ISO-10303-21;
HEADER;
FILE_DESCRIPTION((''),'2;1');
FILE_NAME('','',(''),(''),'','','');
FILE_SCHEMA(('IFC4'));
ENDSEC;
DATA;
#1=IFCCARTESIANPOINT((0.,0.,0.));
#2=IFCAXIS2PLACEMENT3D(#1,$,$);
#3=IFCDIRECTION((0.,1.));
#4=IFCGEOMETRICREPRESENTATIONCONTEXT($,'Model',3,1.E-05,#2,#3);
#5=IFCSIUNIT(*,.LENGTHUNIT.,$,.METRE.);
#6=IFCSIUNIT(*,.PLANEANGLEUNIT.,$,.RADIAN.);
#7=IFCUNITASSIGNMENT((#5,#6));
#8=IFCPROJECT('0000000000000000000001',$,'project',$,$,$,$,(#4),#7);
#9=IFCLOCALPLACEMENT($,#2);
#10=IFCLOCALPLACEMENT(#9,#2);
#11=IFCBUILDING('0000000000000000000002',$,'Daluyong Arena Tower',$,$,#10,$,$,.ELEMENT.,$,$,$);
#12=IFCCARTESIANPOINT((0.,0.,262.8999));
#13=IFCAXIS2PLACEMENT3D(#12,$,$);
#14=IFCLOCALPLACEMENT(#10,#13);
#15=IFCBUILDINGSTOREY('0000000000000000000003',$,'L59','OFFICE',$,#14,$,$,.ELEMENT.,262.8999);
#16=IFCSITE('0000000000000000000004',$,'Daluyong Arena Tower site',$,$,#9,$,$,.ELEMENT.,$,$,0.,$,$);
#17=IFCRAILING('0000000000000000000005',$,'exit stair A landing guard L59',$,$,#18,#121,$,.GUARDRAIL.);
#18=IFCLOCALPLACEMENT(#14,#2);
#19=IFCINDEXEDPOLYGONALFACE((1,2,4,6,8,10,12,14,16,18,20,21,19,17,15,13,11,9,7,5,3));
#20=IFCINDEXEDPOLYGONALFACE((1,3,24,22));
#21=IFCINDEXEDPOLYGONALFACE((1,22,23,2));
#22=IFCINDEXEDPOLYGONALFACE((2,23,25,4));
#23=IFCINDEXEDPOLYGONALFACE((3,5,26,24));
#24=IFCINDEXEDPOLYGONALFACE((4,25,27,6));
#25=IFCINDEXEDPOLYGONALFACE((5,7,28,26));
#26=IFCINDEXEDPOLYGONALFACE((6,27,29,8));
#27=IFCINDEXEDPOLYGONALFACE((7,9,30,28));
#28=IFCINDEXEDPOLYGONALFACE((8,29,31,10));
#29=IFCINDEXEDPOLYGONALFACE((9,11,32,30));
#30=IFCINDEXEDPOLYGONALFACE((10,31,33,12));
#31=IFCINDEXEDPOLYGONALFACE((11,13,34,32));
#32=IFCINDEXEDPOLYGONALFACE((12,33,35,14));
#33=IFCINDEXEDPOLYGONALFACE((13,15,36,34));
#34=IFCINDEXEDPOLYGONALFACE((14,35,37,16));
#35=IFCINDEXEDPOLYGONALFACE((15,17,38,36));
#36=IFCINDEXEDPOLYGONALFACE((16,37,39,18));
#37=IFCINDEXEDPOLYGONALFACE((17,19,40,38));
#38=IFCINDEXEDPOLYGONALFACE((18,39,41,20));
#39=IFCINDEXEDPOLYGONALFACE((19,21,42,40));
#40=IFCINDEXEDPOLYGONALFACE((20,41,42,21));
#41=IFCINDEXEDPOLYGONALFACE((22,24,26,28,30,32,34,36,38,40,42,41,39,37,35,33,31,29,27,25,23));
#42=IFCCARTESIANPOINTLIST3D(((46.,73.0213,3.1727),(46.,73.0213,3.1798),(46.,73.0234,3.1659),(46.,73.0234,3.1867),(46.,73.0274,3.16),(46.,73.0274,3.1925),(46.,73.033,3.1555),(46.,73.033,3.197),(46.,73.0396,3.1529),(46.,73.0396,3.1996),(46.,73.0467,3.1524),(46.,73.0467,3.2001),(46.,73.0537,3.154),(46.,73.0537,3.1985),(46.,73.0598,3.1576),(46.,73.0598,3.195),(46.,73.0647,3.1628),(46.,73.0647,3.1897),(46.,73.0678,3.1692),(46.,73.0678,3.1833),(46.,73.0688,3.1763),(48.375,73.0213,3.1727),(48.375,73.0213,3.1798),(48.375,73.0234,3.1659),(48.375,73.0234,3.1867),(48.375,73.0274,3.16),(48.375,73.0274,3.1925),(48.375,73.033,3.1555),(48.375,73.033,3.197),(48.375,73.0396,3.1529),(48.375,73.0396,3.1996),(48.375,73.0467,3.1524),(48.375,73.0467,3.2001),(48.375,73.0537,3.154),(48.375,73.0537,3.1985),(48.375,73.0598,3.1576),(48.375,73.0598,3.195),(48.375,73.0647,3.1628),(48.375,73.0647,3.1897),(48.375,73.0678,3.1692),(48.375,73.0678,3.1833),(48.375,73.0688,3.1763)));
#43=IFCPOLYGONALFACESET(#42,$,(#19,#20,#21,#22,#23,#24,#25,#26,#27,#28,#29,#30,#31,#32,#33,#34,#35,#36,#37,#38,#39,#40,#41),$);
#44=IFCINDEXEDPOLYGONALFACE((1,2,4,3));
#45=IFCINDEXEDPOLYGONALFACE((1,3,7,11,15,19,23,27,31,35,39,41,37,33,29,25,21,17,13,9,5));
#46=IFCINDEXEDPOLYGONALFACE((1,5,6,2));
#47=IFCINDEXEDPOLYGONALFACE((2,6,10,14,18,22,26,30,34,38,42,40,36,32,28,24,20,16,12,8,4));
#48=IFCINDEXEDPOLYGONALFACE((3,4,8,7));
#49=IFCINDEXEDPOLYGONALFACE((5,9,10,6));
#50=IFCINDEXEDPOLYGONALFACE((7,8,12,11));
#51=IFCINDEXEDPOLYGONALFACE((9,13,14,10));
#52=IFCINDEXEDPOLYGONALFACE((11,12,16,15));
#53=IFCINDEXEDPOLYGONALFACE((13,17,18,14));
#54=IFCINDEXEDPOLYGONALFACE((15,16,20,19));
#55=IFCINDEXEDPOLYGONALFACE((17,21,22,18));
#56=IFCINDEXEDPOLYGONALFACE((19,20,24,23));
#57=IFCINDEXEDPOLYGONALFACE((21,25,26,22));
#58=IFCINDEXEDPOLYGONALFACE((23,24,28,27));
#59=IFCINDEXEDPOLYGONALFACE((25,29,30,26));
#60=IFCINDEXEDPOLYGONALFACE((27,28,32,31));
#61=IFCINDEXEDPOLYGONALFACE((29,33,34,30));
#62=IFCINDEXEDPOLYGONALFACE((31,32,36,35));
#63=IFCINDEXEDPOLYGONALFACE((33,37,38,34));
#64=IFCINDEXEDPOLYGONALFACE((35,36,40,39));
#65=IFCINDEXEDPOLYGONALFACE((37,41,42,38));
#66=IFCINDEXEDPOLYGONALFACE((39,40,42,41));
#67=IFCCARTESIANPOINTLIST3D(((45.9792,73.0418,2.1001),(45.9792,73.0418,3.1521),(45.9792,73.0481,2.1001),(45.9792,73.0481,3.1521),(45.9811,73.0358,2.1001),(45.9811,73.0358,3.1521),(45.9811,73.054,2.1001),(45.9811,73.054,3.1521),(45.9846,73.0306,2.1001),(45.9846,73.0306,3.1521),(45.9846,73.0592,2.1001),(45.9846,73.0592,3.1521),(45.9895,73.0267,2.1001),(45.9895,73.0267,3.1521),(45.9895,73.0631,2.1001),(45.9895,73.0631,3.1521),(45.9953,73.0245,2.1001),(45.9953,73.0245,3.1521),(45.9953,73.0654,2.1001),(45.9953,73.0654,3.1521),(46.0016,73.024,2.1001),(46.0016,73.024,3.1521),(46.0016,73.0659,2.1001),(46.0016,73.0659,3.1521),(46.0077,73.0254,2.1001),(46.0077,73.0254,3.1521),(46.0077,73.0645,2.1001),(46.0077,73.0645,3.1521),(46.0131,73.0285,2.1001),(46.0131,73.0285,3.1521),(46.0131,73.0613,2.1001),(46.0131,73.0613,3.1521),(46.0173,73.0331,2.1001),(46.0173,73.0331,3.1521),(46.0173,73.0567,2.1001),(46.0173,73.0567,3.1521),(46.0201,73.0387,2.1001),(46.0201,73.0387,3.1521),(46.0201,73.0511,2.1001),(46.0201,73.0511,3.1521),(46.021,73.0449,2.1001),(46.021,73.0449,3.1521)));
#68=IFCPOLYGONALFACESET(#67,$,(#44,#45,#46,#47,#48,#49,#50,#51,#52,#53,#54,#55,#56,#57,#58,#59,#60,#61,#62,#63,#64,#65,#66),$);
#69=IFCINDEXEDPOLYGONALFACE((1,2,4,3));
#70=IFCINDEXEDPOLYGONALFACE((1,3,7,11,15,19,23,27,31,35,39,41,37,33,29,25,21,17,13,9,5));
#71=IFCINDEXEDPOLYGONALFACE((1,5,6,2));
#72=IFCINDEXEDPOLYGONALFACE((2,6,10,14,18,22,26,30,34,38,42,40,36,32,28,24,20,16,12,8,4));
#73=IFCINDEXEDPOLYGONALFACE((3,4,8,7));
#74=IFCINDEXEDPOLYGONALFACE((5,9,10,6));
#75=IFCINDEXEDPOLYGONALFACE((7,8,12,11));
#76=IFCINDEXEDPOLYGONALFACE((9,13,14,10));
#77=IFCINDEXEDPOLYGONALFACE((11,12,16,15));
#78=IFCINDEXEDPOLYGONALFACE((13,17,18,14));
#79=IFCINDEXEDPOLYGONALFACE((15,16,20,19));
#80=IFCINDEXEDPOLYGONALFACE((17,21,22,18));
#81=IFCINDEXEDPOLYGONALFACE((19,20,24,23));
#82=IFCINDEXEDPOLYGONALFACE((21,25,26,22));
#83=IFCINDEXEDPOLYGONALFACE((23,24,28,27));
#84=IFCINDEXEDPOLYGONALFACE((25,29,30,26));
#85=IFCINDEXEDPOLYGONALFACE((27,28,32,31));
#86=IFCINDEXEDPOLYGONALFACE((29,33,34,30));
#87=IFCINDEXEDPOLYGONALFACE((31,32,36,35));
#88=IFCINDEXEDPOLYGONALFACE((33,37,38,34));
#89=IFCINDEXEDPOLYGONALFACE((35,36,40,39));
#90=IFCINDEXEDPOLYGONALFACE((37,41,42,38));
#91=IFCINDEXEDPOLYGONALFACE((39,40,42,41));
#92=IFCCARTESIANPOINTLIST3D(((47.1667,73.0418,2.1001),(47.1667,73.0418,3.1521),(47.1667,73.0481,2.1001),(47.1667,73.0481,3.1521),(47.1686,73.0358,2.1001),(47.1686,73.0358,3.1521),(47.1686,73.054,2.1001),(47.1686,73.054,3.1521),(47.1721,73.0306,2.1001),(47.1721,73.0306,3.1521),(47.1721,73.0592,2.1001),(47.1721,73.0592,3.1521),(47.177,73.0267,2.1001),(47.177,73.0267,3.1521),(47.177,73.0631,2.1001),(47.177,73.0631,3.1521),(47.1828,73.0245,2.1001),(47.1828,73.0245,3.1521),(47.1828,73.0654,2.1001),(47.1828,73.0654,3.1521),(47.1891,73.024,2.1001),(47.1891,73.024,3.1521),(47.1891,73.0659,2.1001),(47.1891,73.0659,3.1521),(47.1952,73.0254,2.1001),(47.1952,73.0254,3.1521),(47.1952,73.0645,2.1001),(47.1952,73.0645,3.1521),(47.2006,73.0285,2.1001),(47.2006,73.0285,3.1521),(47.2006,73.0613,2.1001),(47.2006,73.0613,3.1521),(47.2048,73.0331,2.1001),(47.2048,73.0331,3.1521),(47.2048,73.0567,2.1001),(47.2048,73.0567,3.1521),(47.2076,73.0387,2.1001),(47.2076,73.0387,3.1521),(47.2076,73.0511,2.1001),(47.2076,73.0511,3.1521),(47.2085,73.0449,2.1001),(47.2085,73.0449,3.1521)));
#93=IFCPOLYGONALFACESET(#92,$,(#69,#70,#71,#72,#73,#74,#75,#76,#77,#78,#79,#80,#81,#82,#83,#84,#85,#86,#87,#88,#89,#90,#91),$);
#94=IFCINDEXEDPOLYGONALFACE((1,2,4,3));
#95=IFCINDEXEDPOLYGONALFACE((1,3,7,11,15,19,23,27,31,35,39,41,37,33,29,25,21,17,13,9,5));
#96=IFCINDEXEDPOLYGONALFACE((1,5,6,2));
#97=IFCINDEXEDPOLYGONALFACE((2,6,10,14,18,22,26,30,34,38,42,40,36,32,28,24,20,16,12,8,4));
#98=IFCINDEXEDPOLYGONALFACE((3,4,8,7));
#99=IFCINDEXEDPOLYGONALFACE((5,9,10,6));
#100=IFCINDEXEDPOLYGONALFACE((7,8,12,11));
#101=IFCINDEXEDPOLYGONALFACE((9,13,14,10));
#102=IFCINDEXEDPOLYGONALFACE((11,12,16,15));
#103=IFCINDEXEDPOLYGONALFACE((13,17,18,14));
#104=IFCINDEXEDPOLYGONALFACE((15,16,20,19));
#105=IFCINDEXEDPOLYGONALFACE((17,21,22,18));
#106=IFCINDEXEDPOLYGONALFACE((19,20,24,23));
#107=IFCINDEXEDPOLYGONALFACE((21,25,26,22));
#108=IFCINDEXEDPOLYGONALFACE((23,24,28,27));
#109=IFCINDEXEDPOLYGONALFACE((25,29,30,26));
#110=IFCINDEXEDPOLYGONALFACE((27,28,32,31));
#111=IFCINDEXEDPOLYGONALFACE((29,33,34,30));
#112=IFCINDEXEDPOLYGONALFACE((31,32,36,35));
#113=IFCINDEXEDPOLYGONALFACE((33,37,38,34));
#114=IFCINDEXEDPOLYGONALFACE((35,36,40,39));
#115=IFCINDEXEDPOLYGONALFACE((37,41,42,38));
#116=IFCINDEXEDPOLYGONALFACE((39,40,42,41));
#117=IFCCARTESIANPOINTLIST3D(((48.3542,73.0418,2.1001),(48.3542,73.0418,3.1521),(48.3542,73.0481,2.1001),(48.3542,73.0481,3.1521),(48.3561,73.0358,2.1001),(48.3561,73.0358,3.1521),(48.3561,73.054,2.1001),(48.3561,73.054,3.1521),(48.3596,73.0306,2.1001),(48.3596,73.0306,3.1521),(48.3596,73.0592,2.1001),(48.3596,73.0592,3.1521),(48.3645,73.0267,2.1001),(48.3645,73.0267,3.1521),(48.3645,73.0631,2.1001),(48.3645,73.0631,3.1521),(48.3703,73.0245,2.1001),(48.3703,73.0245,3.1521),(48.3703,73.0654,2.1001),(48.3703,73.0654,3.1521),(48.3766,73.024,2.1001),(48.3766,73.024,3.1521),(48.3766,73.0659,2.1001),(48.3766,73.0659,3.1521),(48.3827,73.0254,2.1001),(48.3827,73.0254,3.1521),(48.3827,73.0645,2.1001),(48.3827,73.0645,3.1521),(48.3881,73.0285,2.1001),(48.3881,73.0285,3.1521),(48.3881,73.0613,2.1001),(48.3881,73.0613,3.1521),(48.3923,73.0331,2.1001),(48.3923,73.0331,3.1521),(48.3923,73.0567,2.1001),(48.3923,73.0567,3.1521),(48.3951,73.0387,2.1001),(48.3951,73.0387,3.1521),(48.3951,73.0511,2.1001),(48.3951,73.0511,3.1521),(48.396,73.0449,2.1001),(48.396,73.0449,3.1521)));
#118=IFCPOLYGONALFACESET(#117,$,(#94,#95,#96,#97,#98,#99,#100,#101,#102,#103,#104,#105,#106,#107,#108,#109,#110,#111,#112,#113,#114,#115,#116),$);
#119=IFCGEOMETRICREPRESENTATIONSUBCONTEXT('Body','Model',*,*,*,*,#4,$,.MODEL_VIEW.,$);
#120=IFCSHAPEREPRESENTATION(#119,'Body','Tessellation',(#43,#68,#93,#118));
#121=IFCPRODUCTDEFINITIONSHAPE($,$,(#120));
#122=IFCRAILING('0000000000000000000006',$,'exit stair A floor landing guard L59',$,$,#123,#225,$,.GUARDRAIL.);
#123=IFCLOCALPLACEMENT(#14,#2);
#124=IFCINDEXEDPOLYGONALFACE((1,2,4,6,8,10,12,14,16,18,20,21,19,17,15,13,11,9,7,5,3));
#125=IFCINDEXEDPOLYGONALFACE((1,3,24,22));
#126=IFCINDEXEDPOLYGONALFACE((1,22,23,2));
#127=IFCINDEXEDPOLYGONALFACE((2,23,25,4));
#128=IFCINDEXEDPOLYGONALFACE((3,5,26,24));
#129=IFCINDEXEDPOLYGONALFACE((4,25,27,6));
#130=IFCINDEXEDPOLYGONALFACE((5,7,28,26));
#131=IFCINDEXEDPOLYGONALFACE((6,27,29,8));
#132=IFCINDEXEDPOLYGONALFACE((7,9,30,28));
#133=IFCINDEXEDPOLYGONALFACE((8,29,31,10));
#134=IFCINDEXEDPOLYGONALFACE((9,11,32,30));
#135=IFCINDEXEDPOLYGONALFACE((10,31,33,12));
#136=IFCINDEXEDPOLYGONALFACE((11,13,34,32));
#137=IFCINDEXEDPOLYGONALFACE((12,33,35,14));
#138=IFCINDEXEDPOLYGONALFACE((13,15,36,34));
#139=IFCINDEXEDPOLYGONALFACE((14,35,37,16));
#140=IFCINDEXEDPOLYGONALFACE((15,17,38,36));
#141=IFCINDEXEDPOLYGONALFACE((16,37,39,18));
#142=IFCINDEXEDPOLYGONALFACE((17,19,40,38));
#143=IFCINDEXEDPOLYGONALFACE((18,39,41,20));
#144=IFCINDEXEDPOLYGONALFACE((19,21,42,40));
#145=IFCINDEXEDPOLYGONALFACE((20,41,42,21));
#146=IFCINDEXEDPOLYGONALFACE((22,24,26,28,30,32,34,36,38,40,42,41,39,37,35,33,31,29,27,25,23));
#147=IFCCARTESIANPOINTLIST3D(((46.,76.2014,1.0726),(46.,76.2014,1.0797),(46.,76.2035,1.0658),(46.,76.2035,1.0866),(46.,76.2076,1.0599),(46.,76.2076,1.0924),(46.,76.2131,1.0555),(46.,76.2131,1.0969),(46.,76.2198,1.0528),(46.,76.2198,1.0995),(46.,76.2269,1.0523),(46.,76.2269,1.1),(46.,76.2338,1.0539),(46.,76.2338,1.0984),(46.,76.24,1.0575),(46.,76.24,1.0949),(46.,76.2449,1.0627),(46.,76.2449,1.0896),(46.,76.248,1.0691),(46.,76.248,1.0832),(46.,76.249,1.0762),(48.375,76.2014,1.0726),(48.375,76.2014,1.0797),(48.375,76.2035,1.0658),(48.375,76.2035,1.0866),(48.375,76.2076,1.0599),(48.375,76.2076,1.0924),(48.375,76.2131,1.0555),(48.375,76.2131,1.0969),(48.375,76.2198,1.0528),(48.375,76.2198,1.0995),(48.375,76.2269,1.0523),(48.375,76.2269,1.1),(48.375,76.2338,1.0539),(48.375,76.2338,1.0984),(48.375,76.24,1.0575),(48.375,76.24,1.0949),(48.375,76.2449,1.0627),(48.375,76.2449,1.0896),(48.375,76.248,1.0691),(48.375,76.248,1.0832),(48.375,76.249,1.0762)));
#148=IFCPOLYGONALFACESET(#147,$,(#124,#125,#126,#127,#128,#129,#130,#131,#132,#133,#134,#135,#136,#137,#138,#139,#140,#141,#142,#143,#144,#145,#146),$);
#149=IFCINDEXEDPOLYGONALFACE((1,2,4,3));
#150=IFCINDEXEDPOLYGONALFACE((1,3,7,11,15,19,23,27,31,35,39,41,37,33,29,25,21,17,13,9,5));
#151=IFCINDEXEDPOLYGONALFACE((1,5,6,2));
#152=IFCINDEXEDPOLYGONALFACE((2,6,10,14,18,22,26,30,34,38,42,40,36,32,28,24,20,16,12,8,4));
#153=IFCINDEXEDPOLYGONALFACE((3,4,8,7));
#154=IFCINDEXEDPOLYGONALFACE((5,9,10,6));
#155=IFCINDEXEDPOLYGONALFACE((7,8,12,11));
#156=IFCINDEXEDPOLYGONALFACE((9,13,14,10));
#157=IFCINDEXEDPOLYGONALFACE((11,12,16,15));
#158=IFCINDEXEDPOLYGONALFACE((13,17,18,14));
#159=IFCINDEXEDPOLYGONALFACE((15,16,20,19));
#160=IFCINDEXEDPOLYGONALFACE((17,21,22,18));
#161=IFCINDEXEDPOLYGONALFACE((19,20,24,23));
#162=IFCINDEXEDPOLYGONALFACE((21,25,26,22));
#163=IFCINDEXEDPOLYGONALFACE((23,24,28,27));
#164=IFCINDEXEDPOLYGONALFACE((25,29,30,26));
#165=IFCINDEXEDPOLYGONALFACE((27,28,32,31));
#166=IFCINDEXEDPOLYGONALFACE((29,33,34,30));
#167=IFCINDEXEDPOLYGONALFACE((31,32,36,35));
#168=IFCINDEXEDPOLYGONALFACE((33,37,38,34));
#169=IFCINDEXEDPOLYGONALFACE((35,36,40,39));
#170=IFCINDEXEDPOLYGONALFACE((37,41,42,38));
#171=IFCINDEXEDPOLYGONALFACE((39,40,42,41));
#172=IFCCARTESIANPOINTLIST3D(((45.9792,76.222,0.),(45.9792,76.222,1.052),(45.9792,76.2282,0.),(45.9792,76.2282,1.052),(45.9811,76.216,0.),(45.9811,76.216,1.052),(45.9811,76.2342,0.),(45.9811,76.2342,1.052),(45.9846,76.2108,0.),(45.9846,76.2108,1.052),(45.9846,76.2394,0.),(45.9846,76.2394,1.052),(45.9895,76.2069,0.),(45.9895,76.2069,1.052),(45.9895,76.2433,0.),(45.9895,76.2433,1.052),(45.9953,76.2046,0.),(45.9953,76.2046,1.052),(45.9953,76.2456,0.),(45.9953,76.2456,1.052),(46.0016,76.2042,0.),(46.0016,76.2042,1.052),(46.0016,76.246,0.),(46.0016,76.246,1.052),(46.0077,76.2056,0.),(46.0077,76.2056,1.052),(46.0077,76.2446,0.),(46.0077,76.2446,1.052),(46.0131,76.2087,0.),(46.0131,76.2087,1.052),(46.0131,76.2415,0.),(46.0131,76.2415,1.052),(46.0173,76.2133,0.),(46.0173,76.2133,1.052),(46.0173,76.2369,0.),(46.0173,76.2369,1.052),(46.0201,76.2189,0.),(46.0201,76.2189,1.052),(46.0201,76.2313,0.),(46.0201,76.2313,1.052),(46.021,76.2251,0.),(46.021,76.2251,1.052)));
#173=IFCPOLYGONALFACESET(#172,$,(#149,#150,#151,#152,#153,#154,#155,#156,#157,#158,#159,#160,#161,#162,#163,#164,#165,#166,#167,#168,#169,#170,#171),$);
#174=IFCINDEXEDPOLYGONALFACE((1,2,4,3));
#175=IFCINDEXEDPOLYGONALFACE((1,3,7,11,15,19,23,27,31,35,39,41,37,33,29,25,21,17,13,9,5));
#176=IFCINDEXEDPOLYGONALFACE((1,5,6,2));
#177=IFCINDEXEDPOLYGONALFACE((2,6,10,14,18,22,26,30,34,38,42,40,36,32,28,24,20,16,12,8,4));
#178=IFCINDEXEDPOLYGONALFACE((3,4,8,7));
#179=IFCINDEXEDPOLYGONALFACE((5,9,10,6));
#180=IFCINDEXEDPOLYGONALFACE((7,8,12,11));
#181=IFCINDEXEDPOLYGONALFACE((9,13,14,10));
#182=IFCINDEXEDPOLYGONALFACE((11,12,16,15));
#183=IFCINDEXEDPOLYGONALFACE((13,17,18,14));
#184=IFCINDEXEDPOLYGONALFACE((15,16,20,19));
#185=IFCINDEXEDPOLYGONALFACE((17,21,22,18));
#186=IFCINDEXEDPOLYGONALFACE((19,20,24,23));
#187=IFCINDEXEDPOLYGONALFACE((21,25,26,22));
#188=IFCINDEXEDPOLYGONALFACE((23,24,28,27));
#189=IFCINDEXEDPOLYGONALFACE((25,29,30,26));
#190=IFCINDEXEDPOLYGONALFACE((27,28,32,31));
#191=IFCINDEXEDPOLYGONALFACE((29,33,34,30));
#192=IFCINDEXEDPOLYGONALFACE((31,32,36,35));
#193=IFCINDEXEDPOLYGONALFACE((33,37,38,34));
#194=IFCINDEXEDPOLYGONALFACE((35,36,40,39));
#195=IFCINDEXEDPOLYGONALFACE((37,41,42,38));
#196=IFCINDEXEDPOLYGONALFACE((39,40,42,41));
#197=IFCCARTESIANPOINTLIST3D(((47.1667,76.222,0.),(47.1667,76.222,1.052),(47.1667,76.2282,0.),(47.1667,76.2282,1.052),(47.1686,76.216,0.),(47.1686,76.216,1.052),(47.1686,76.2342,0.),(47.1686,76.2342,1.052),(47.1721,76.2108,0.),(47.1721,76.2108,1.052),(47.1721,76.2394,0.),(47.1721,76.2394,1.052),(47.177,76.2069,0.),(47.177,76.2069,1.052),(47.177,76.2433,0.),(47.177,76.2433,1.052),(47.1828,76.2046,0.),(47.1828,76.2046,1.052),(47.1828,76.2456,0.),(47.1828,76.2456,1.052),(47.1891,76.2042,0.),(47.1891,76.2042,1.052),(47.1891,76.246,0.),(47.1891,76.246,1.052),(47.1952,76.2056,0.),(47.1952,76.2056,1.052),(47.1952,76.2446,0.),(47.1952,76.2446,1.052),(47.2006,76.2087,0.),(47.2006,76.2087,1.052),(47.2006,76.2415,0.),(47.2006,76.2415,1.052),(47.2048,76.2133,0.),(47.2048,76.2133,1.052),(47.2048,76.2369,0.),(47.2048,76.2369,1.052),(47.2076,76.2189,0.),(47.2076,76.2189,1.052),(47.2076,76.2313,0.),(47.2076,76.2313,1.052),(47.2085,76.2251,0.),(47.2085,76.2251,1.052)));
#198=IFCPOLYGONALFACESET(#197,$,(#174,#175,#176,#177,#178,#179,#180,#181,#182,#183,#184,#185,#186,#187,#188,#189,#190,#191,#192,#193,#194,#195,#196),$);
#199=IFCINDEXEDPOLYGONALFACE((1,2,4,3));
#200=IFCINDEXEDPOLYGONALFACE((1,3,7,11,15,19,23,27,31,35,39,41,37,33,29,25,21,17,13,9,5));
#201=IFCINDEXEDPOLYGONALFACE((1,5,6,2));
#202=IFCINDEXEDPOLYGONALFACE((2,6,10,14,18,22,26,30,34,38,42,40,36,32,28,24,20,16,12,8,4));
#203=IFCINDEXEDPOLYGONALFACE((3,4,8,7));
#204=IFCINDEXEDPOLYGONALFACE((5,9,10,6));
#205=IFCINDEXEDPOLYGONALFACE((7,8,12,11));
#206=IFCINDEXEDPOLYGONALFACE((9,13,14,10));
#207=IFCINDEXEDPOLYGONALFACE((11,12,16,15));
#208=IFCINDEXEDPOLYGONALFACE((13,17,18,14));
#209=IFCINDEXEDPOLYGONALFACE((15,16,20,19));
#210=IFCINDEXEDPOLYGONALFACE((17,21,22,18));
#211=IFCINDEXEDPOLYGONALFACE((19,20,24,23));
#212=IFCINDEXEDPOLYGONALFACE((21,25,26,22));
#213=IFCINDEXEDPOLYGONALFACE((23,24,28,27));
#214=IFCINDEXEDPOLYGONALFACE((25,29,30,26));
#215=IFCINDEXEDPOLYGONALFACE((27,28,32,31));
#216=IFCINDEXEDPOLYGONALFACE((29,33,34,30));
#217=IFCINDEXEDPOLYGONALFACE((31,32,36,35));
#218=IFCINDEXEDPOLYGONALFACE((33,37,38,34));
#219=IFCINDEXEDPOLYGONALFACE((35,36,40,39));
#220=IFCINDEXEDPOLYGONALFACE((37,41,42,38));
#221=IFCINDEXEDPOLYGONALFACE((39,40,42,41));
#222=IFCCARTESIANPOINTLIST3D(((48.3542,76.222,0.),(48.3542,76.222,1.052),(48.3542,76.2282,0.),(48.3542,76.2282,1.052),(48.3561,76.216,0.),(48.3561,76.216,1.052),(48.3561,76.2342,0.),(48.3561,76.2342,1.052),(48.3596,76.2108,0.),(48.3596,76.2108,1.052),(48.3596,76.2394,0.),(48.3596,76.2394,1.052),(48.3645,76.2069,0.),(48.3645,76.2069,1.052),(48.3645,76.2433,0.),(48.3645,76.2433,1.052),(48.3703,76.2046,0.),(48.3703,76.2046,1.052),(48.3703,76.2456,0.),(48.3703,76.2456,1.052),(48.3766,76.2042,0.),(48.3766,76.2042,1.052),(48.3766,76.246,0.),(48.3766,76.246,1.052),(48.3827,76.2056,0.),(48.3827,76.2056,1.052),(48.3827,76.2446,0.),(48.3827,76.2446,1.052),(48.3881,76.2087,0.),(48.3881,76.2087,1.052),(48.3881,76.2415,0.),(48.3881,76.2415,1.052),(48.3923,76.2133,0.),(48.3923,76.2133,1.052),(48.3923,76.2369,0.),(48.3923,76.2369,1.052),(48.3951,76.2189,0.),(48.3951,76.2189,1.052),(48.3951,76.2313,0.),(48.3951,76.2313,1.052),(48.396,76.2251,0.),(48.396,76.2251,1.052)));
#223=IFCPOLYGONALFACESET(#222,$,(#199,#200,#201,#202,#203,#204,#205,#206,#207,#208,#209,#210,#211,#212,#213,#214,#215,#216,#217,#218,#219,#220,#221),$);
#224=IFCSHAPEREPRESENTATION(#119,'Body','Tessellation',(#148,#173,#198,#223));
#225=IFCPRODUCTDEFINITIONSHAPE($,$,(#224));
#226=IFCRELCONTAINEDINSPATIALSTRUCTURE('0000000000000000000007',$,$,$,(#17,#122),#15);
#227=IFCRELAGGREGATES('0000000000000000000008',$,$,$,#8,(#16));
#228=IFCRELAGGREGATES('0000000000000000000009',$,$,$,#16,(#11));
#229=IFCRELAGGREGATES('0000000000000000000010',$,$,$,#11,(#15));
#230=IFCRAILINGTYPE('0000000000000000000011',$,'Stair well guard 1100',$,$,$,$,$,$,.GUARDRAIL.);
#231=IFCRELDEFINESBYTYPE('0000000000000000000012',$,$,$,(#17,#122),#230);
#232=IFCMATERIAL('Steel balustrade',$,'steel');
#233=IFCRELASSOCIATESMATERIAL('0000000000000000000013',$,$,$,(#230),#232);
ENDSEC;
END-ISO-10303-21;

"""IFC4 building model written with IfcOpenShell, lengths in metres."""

from ifc_helpers import new_model, si_unit, direction, frame, origin, origin_2d, place, context, subcontext, project, spatial, circle, extrude, material, type_object, element, save


model = new_model("IFC4")

# Units and contexts
model_context = context("Model", 3, precision=1e-05, world=origin(), true_north=direction((0.0, 1.0)))
body_context = subcontext(model_context, "Body", "Model", "MODEL_VIEW")
ifc_project = project(units=[si_unit("LENGTHUNIT", "METRE"), si_unit("PLANEANGLEUNIT", "RADIAN")], contexts=[model_context])

# Site, building, storey
site_placement = place(None, origin())
site = spatial("IfcSite", under=ifc_project, at=site_placement, Name="Daluyong Arena Tower site", CompositionType="ELEMENT", RefElevation=0.0)
building_placement = place(site_placement, origin())
building = spatial("IfcBuilding", under=site, at=building_placement, Name="Daluyong Arena Tower", CompositionType="ELEMENT")
storey_placement = place(building_placement, frame((0.0, 0.0, 262.8999)))
storey = spatial("IfcBuildingStorey", under=building, at=storey_placement, Name="L59", Description="OFFICE", CompositionType="ELEMENT", Elevation=262.8999)

# Railings
ifc_material_1 = material(Name="Steel balustrade", Category="steel")
railing_type_1 = type_object("IfcRailingType", Name="Stair well guard 1100", PredefinedType="GUARDRAIL", material=ifc_material_1)
for number, where, name in (
    (1, (46.0, 73.0449, 2.1001), "exit stair A landing guard L59"),
    (2, (46.0, 76.2251, 0.0), "exit stair A floor landing guard L59"),
):
    element("IfcRailing", number, at=place(storey_placement, frame(where)), inside=storey, type_object=railing_type_1, Name=name, PredefinedType="GUARDRAIL", context=body_context, shape_type="SweptSolid", body=[
        extrude(circle(Radius=0.0239, at=origin_2d()), frame((0.0, 0.0, 1.0762), z_axis=(1.0, 0.0, 0.0), x_axis=(0.0, 1.0, 0.0)), (0.0, 0.0, 1.0), 2.375),
        extrude(circle(Radius=0.021, at=origin_2d()), origin(), (0.0, 0.0, 1.0), 1.052),
        extrude(circle(Radius=0.021, at=origin_2d()), frame((1.1875, 0.0, 0.0)), (0.0, 0.0, 1.0), 1.052),
        extrude(circle(Radius=0.021, at=origin_2d()), frame((2.375, 0.0, 0.0)), (0.0, 0.0, 1.0), 1.052),
    ])

save(model, "model.ifc")
